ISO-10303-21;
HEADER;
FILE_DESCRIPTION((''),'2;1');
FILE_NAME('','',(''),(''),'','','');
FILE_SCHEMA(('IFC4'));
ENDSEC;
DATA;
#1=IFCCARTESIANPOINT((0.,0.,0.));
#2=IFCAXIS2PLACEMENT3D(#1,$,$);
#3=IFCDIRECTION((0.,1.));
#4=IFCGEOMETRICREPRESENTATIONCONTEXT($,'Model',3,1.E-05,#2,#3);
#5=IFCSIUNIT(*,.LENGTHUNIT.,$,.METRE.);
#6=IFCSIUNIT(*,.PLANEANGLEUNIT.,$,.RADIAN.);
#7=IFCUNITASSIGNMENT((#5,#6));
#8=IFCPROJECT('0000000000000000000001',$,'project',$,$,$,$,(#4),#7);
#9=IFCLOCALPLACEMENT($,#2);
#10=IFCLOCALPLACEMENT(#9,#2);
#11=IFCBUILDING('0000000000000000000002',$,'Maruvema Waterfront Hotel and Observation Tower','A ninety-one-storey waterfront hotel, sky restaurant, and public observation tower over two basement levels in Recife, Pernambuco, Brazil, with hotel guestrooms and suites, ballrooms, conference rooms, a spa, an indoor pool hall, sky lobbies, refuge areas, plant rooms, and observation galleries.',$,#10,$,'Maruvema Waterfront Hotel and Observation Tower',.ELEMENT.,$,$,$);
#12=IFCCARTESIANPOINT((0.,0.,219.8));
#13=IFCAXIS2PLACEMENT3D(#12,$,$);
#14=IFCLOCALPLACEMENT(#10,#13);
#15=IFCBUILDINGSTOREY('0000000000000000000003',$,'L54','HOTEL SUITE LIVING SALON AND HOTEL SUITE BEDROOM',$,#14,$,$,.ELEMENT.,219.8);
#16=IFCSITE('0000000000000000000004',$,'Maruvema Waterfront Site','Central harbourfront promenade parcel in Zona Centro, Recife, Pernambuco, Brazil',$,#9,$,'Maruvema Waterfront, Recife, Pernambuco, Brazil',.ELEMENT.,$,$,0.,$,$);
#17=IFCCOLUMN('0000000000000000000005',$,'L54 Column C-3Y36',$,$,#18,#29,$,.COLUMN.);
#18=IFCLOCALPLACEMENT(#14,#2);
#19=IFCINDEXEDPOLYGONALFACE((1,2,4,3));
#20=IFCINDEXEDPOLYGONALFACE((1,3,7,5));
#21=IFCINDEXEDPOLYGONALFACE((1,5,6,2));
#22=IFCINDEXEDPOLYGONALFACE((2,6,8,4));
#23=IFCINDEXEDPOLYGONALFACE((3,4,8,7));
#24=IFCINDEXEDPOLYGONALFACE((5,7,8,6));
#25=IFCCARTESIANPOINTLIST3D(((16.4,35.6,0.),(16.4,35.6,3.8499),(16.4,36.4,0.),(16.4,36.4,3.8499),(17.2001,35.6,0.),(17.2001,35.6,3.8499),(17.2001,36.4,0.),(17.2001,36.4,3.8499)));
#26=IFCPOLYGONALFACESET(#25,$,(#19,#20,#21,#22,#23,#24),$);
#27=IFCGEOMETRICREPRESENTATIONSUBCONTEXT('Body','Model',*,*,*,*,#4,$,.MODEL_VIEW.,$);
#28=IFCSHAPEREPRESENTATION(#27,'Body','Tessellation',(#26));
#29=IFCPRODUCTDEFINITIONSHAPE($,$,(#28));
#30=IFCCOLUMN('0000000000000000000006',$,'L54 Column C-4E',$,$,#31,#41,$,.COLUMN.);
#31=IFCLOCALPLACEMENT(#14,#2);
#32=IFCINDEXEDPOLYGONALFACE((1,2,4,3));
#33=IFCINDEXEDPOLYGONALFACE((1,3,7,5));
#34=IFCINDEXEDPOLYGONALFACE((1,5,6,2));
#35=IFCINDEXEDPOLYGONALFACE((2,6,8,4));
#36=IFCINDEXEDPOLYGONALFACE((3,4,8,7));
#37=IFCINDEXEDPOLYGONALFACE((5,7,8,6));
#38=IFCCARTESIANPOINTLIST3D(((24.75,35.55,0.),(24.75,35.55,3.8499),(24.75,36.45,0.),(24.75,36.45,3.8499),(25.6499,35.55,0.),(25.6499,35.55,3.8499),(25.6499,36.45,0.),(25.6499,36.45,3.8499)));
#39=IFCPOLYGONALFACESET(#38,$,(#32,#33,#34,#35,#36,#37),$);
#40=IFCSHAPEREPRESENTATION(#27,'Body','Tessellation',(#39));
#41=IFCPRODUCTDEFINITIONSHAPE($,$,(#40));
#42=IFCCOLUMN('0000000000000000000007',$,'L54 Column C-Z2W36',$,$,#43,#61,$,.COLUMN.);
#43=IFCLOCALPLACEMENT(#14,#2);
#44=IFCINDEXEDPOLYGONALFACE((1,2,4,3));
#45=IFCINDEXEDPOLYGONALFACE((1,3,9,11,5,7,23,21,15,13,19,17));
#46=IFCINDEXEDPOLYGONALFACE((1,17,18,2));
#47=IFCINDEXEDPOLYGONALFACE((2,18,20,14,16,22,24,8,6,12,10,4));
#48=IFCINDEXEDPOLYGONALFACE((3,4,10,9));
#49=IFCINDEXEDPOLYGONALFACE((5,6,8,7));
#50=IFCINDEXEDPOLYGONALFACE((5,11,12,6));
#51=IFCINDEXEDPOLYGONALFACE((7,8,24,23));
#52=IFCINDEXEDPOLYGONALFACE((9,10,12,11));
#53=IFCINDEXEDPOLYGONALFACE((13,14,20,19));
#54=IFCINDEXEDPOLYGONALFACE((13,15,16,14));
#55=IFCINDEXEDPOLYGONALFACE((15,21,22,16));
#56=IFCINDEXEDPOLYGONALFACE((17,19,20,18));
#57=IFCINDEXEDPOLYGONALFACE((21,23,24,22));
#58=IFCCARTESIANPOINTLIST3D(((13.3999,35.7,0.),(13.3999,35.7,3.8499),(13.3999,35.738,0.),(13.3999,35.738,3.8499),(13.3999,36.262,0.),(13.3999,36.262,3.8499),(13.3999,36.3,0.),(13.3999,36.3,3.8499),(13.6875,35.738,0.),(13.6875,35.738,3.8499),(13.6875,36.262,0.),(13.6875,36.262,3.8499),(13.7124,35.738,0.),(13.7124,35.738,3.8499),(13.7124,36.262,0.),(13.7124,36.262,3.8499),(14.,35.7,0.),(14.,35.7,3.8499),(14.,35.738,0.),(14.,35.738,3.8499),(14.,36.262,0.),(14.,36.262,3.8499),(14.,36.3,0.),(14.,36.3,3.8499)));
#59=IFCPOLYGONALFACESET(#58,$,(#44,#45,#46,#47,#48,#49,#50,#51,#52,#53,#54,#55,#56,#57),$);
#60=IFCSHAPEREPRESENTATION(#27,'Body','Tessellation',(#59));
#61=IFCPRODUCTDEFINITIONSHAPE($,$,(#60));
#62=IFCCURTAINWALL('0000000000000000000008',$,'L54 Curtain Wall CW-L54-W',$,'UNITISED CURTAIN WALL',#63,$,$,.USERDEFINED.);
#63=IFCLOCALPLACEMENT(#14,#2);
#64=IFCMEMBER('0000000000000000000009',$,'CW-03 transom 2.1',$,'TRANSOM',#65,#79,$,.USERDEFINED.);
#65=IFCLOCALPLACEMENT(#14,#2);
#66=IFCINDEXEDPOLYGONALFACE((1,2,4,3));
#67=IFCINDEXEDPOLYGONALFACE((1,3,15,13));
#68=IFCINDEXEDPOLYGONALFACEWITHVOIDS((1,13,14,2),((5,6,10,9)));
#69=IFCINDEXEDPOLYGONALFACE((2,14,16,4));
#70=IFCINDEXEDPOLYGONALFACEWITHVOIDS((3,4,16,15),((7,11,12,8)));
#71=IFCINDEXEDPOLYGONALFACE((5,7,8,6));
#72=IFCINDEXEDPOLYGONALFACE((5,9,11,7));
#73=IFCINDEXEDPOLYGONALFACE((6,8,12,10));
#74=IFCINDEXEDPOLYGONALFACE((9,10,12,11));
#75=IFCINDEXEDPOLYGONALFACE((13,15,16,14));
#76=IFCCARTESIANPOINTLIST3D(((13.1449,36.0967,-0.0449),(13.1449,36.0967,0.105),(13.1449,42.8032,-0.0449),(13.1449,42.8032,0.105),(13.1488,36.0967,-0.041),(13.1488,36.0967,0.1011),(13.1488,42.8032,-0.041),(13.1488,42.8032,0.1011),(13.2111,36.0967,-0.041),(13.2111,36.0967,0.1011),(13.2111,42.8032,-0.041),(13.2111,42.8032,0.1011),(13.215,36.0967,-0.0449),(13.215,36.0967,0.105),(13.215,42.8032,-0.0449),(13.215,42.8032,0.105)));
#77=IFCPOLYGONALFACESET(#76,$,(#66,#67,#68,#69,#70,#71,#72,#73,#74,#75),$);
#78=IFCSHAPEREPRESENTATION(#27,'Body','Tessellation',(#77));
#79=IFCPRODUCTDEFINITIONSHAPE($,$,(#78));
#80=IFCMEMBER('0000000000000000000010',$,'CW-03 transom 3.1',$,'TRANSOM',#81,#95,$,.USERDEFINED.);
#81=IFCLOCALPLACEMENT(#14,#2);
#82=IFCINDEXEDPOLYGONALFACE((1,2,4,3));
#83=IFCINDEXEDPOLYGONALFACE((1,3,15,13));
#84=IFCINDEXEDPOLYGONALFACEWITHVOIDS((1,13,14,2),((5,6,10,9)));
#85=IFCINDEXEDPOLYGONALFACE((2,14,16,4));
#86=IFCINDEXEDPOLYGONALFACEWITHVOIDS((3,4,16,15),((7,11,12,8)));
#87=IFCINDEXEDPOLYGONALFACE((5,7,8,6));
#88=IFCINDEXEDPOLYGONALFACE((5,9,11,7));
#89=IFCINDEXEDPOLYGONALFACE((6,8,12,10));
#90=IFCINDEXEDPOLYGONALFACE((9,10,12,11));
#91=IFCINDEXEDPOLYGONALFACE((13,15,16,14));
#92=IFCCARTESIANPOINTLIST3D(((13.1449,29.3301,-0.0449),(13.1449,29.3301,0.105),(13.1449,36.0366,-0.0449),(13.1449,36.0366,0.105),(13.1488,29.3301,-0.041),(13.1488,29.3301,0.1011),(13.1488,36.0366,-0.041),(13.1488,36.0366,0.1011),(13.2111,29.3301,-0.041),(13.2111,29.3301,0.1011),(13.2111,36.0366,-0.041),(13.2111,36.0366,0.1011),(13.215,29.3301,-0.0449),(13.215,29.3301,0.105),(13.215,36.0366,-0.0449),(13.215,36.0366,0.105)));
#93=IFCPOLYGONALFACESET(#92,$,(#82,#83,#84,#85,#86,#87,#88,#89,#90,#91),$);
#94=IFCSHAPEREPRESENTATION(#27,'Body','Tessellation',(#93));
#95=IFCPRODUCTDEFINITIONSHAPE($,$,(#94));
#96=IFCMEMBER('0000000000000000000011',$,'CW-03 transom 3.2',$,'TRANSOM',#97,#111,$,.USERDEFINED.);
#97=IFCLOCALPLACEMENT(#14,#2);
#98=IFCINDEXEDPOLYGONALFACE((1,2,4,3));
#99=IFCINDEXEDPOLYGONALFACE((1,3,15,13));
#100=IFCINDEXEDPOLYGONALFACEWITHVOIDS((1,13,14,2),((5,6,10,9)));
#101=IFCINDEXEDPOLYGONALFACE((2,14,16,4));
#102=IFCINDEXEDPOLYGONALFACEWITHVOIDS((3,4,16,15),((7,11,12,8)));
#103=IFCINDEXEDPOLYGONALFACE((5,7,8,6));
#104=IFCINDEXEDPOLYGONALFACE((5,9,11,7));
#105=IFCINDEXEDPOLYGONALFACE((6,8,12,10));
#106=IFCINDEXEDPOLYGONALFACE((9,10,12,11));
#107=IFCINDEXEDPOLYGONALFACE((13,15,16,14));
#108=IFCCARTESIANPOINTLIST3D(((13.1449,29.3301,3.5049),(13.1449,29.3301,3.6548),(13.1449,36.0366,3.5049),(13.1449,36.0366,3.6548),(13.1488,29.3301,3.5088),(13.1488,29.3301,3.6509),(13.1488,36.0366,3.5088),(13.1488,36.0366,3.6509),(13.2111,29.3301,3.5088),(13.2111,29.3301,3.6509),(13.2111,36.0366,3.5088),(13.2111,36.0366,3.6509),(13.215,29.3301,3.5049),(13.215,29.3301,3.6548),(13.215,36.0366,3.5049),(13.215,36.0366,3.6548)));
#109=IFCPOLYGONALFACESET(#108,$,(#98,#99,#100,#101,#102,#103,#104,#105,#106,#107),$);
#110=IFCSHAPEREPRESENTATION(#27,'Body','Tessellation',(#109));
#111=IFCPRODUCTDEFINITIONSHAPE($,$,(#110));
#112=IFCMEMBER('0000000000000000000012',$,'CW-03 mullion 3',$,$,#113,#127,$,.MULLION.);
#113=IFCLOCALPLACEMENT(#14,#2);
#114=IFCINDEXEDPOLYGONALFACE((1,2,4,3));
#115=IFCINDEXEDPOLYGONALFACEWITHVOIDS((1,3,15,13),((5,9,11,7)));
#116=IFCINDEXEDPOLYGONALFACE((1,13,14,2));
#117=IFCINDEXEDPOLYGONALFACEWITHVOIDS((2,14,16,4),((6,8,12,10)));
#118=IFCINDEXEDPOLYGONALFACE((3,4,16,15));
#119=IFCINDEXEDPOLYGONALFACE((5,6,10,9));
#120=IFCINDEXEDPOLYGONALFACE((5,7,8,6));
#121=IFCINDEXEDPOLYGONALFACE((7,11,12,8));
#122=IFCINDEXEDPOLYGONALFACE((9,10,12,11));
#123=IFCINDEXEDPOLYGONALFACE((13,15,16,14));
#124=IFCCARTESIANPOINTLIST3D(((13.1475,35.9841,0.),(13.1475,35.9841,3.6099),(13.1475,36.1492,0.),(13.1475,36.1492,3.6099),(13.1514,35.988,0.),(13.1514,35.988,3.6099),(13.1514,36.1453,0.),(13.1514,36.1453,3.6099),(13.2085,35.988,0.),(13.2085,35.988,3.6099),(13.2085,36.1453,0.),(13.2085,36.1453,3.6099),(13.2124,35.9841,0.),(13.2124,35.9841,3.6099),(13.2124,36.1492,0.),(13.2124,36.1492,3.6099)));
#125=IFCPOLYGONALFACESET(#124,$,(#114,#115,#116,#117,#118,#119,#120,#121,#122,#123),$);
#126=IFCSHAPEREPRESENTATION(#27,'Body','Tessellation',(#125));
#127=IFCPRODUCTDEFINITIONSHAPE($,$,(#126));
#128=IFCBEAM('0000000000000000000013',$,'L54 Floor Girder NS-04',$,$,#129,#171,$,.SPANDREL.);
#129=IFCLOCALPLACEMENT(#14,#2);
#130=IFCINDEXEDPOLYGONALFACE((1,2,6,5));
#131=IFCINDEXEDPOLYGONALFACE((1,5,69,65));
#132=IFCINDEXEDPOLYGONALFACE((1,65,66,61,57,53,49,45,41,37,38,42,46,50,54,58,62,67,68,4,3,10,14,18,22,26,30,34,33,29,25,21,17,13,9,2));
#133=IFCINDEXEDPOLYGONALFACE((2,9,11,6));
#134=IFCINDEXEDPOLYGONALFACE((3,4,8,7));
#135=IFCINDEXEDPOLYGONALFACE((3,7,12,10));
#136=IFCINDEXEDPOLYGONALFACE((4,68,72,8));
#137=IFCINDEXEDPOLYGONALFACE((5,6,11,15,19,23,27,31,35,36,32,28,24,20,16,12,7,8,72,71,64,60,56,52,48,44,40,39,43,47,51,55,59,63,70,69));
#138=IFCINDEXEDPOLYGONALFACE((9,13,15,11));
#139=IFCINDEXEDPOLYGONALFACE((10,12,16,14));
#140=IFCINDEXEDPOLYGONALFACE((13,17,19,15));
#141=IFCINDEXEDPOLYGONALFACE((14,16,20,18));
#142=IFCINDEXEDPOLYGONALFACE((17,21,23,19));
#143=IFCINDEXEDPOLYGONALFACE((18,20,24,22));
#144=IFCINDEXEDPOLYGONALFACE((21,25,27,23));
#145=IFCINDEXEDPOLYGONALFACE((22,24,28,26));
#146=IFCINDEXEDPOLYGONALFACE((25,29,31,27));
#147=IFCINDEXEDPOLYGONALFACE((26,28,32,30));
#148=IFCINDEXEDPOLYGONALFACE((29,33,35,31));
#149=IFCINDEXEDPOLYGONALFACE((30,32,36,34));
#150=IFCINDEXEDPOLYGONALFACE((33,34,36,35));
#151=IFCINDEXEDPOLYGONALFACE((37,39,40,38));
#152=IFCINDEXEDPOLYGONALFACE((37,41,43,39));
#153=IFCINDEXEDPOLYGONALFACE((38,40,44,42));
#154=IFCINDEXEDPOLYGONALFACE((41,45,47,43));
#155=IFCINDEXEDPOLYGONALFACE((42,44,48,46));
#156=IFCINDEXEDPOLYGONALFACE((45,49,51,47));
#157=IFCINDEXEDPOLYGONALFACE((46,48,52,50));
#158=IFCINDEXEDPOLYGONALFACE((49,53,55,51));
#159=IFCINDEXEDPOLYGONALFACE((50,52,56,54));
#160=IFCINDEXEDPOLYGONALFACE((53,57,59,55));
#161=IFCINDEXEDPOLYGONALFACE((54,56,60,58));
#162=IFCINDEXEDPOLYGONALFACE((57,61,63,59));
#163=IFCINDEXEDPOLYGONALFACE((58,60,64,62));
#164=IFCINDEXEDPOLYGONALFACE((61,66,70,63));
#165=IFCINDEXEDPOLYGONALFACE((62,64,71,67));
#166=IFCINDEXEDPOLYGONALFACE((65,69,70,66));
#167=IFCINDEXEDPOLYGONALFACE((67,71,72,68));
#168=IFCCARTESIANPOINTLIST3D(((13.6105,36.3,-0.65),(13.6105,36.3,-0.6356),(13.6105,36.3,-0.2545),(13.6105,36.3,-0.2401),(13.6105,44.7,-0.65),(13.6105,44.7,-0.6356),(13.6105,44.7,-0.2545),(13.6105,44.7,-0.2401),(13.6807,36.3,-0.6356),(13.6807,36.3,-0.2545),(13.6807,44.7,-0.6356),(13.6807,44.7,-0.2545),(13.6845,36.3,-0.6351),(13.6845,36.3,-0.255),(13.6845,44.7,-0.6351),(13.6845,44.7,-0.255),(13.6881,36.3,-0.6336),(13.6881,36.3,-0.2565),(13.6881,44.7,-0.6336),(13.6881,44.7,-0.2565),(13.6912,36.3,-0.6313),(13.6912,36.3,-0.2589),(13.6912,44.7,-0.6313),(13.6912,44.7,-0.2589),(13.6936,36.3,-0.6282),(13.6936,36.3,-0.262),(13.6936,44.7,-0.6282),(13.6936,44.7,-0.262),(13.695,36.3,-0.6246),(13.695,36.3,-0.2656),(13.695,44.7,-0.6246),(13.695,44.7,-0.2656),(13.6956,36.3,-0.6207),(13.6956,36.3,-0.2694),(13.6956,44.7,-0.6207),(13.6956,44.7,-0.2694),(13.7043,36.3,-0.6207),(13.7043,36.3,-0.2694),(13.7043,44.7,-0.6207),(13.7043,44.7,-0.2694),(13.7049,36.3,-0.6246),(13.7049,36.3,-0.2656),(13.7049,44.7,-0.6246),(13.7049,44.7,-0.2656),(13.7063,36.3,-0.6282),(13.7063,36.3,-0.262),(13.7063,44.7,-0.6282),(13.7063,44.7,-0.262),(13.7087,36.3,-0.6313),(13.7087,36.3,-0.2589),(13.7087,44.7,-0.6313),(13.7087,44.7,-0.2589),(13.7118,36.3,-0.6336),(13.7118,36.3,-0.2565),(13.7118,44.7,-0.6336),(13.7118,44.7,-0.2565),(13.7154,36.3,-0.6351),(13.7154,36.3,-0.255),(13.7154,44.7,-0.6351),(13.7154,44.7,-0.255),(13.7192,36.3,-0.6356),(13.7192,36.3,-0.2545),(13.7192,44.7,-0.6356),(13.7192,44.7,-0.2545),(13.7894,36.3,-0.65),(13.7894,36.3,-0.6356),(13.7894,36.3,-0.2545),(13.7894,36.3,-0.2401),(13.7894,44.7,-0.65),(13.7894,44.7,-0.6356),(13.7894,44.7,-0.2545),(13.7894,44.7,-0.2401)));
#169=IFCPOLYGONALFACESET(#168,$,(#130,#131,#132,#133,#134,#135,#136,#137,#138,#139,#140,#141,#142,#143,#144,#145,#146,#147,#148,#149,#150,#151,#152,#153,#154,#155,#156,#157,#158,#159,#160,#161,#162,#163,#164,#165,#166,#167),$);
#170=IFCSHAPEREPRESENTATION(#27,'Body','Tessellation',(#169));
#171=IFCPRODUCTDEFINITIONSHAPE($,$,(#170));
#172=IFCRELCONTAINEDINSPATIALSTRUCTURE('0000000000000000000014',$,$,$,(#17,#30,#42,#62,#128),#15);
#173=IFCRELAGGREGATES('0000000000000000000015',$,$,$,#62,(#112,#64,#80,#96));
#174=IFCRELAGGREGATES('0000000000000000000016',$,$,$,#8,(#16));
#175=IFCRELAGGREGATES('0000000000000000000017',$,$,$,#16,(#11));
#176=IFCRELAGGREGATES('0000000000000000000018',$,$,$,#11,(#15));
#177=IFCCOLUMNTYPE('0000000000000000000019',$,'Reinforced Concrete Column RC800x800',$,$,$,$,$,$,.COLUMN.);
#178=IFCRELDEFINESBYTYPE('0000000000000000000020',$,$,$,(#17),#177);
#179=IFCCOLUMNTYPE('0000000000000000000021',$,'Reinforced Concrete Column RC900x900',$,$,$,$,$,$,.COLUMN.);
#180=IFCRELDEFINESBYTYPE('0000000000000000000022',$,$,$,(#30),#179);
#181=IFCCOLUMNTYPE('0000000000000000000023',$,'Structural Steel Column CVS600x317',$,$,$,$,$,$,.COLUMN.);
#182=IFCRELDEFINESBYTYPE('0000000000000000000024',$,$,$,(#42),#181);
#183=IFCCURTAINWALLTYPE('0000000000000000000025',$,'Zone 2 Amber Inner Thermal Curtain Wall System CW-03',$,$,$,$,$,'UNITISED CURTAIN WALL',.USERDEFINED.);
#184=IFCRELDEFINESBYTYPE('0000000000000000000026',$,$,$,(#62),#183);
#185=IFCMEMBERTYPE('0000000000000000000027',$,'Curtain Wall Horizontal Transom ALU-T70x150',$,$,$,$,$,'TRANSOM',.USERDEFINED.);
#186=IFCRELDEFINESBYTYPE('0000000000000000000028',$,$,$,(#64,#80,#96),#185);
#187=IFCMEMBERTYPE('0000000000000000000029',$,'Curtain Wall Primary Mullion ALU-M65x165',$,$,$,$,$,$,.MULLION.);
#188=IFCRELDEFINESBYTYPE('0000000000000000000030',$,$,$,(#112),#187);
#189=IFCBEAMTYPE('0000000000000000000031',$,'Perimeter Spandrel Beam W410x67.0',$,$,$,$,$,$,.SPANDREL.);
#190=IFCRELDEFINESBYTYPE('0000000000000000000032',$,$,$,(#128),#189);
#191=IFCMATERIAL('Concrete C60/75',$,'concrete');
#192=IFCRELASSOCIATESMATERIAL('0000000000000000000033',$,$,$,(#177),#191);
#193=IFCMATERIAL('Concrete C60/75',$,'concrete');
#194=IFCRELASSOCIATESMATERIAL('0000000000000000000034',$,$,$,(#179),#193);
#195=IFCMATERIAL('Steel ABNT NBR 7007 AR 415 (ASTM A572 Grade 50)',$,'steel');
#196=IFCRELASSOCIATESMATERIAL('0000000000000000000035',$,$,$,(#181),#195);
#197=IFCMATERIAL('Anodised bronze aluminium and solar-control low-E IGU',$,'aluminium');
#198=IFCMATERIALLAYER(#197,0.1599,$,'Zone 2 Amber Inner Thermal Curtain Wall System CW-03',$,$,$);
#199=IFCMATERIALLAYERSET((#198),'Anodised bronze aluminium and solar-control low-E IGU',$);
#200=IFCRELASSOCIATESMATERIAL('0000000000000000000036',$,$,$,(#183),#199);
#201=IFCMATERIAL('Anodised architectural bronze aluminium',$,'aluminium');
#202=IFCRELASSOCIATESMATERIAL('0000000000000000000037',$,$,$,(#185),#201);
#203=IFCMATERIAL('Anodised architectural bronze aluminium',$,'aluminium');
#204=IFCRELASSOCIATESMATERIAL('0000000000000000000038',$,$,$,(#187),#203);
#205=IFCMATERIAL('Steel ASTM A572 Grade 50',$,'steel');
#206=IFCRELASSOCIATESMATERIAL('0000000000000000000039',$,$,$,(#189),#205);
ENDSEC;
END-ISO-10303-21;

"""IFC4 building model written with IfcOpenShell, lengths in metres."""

from ifc_helpers import new_model, si_unit, direction, frame, origin, origin_2d, place, context, subcontext, project, spatial, rectangle, hollow_rectangle, i_section, extrude, material, layer, layer_set, material_profile, profile_set, type_object, element, aggregate, save


model = new_model("IFC4")

# Units and contexts
model_context = context("Model", 3, precision=1e-05, world=origin(), true_north=direction((0.0, 1.0)))
body_context = subcontext(model_context, "Body", "Model", "MODEL_VIEW")
ifc_project = project(units=[si_unit("LENGTHUNIT", "METRE"), si_unit("PLANEANGLEUNIT", "RADIAN")], contexts=[model_context])

# Site, building, storey
site_placement = place(None, origin())
site = spatial("IfcSite", under=ifc_project, at=site_placement, Name="Maruvema Waterfront Site", Description="Central harbourfront promenade parcel in Zona Centro, Recife, Pernambuco, Brazil", LongName="Maruvema Waterfront, Recife, Pernambuco, Brazil", CompositionType="ELEMENT", RefElevation=0.0)
building_placement = place(site_placement, origin())
building = spatial("IfcBuilding", under=site, at=building_placement, Name="Maruvema Waterfront Hotel and Observation Tower", Description="A ninety-one-storey waterfront hotel, sky restaurant, and public observation tower over two basement levels in Recife, Pernambuco, Brazil, with hotel guestrooms and suites, ballrooms, conference rooms, a spa, an indoor pool hall, sky lobbies, refuge areas, plant rooms, and observation galleries.", LongName="Maruvema Waterfront Hotel and Observation Tower", CompositionType="ELEMENT")
storey_placement = place(building_placement, frame((0.0, 0.0, 219.8)))
storey = spatial("IfcBuildingStorey", under=building, at=storey_placement, Name="L54", Description="HOTEL SUITE LIVING SALON AND HOTEL SUITE BEDROOM", CompositionType="ELEMENT", Elevation=219.8)

# Columns
ifc_material_1 = material(Name="Concrete C60/75", Category="concrete")
ifc_material_profile_1 = material_profile(ifc_material_1, rectangle(XDim=0.8, YDim=0.8, at=origin_2d()), Name="RC800x800")
ifc_profile_set_1 = profile_set([ifc_material_profile_1], Name="Concrete C60/75")
column_type_1 = type_object("IfcColumnType", Name="Reinforced Concrete Column RC800x800", PredefinedType="COLUMN", material=ifc_profile_set_1)
column_1_placement = place(storey_placement, frame((16.8, 36.0, 0.0), z_axis=(0.0, 0.0, 1.0), x_axis=(1.0, 0.0, 0.0)))
element("IfcColumn", 1, at=column_1_placement, inside=storey, type_object=column_type_1, Name="L54 Column C-3Y36", PredefinedType="COLUMN", context=body_context, shape_type="SweptSolid", body=[
    extrude(rectangle(XDim=0.8, YDim=0.8, at=origin_2d()), origin(), (0.0, 0.0, 1.0), 3.8499),
])
ifc_material_2 = material(Name="Concrete C60/75", Category="concrete")
ifc_material_profile_2 = material_profile(ifc_material_2, rectangle(XDim=0.8999, YDim=0.8999, at=origin_2d()), Name="RC900x900")
ifc_profile_set_2 = profile_set([ifc_material_profile_2], Name="Concrete C60/75")
column_type_2 = type_object("IfcColumnType", Name="Reinforced Concrete Column RC900x900", PredefinedType="COLUMN", material=ifc_profile_set_2)
column_2_placement = place(storey_placement, frame((25.2, 36.0, 0.0), z_axis=(0.0, 0.0, 1.0), x_axis=(1.0, 0.0, 0.0)))
element("IfcColumn", 2, at=column_2_placement, inside=storey, type_object=column_type_2, Name="L54 Column C-4E", PredefinedType="COLUMN", context=body_context, shape_type="SweptSolid", body=[
    extrude(rectangle(XDim=0.8999, YDim=0.8999, at=origin_2d()), origin(), (0.0, 0.0, 1.0), 3.8499),
])
ifc_material_3 = material(Name="Steel ABNT NBR 7007 AR 415 (ASTM A572 Grade 50)", Category="steel")
ifc_material_profile_3 = material_profile(ifc_material_3, i_section(OverallWidth=0.6001, OverallDepth=0.6001, WebThickness=0.0249, FlangeThickness=0.0381, at=origin_2d()), Name="CVS600x317")
ifc_profile_set_3 = profile_set([ifc_material_profile_3], Name="Steel ABNT NBR 7007 AR 415 (ASTM A572 Grade 50)")
column_type_3 = type_object("IfcColumnType", Name="Structural Steel Column CVS600x317", PredefinedType="COLUMN", material=ifc_profile_set_3)
column_3_placement = place(storey_placement, frame((13.7, 36.0, 0.0), z_axis=(0.0, 0.0, 1.0), x_axis=(1.0, 0.0, 0.0)))
element("IfcColumn", 3, at=column_3_placement, inside=storey, type_object=column_type_3, Name="L54 Column C-Z2W36", PredefinedType="COLUMN", context=body_context, shape_type="SweptSolid", body=[
    extrude(i_section(OverallWidth=0.6001, OverallDepth=0.6001, WebThickness=0.0249, FlangeThickness=0.0381, at=origin_2d()), origin(), (0.0, 0.0, 1.0), 3.8499),
])

# Curtain wall, members
ifc_material_4 = material(Name="Anodised bronze aluminium and solar-control low-E IGU", Category="aluminium")
ifc_layer_1 = layer(ifc_material_4, 0.1599, Name="Zone 2 Amber Inner Thermal Curtain Wall System CW-03")
ifc_layer_set_1 = layer_set([ifc_layer_1], Name="Anodised bronze aluminium and solar-control low-E IGU")
curtain_wall_type = type_object("IfcCurtainWallType", Name="Zone 2 Amber Inner Thermal Curtain Wall System CW-03", ElementType="UNITISED CURTAIN WALL", PredefinedType="USERDEFINED", material=ifc_layer_set_1)
curtain_wall_placement = place(storey_placement, origin())
curtain_wall = element("IfcCurtainWall", 4, at=curtain_wall_placement, inside=storey, type_object=curtain_wall_type, Name="L54 Curtain Wall CW-L54-W", ObjectType="UNITISED CURTAIN WALL", PredefinedType="USERDEFINED")
ifc_material_5 = material(Name="Anodised architectural bronze aluminium", Category="aluminium")
ifc_material_profile_4 = material_profile(ifc_material_5, hollow_rectangle(XDim=0.0701, YDim=0.1499, WallThickness=0.0039, at=origin_2d()), Name="ALU-T70x150")
ifc_profile_set_4 = profile_set([ifc_material_profile_4], Name="Anodised architectural bronze aluminium")
member_type_1 = type_object("IfcMemberType", Name="Curtain Wall Horizontal Transom ALU-T70x150", ElementType="TRANSOM", PredefinedType="USERDEFINED", material=ifc_profile_set_4)
member_1_placement = place(storey_placement, frame((13.1799, 42.8032, 0.03), z_axis=(0.0, -1.0, 0.0), x_axis=(1.0, 0.0, 0.0)))
member_1 = element("IfcMember", 5, at=member_1_placement, type_object=member_type_1, Name="CW-03 transom 2.1", ObjectType="TRANSOM", PredefinedType="USERDEFINED", context=body_context, shape_type="SweptSolid", body=[
    extrude(hollow_rectangle(XDim=0.0701, YDim=0.1499, WallThickness=0.0039, at=origin_2d()), origin(), (0.0, 0.0, 1.0), 6.7065),
])
member_2_placement = place(storey_placement, frame((13.1799, 36.0366, 0.03), z_axis=(0.0, -1.0, 0.0), x_axis=(1.0, 0.0, 0.0)))
member_2 = element("IfcMember", 6, at=member_2_placement, type_object=member_type_1, Name="CW-03 transom 3.1", ObjectType="TRANSOM", PredefinedType="USERDEFINED", context=body_context, shape_type="SweptSolid", body=[
    extrude(hollow_rectangle(XDim=0.0701, YDim=0.1499, WallThickness=0.0039, at=origin_2d()), origin(), (0.0, 0.0, 1.0), 6.7065),
])
member_3_placement = place(storey_placement, frame((13.1799, 36.0366, 3.5798), z_axis=(0.0, -1.0, 0.0), x_axis=(1.0, 0.0, 0.0)))
member_3 = element("IfcMember", 7, at=member_3_placement, type_object=member_type_1, Name="CW-03 transom 3.2", ObjectType="TRANSOM", PredefinedType="USERDEFINED", context=body_context, shape_type="SweptSolid", body=[
    extrude(hollow_rectangle(XDim=0.0701, YDim=0.1499, WallThickness=0.0039, at=origin_2d()), origin(), (0.0, 0.0, 1.0), 6.7065),
])
ifc_material_6 = material(Name="Anodised architectural bronze aluminium", Category="aluminium")
ifc_material_profile_5 = material_profile(ifc_material_6, hollow_rectangle(XDim=0.0649, YDim=0.165, WallThickness=0.0039, at=origin_2d()), Name="ALU-M65x165")
ifc_profile_set_5 = profile_set([ifc_material_profile_5], Name="Anodised architectural bronze aluminium")
member_type_2 = type_object("IfcMemberType", Name="Curtain Wall Primary Mullion ALU-M65x165", PredefinedType="MULLION", material=ifc_profile_set_5)
member_4_placement = place(storey_placement, frame((13.1799, 36.0667, 0.0), z_axis=(0.0, 0.0, 1.0), x_axis=(1.0, 0.0, 0.0)))
member_4 = element("IfcMember", 8, at=member_4_placement, type_object=member_type_2, Name="CW-03 mullion 3", PredefinedType="MULLION", context=body_context, shape_type="SweptSolid", body=[
    extrude(hollow_rectangle(XDim=0.0649, YDim=0.165, WallThickness=0.0039, at=origin_2d()), origin(), (0.0, 0.0, 1.0), 3.6099),
])

# Beam
ifc_material_7 = material(Name="Steel ASTM A572 Grade 50", Category="steel")
ifc_material_profile_6 = material_profile(ifc_material_7, i_section(OverallWidth=0.179, OverallDepth=0.4099, WebThickness=0.0088, FlangeThickness=0.0144, FilletRadius=0.0149, at=origin_2d()), Name="W410x67.0")
ifc_profile_set_6 = profile_set([ifc_material_profile_6], Name="Steel ASTM A572 Grade 50")
beam_type_1 = type_object("IfcBeamType", Name="Perimeter Spandrel Beam W410x67.0", PredefinedType="SPANDREL", material=ifc_profile_set_6)
beam_1_placement = place(storey_placement, frame((13.7, 36.3, -0.4451), z_axis=(0.0, 1.0, 0.0), x_axis=(-1.0, 0.0, 0.0)))
element("IfcBeam", 9, at=beam_1_placement, inside=storey, type_object=beam_type_1, Name="L54 Floor Girder NS-04", PredefinedType="SPANDREL", context=body_context, shape_type="SweptSolid", body=[
    extrude(i_section(OverallWidth=0.179, OverallDepth=0.4099, WebThickness=0.0088, FlangeThickness=0.0144, FilletRadius=0.0149, at=origin_2d()), origin(), (0.0, 0.0, 1.0), 8.3999),
])

aggregate(curtain_wall, [member_4, member_1, member_2, member_3])

save(model, "model.ifc")
